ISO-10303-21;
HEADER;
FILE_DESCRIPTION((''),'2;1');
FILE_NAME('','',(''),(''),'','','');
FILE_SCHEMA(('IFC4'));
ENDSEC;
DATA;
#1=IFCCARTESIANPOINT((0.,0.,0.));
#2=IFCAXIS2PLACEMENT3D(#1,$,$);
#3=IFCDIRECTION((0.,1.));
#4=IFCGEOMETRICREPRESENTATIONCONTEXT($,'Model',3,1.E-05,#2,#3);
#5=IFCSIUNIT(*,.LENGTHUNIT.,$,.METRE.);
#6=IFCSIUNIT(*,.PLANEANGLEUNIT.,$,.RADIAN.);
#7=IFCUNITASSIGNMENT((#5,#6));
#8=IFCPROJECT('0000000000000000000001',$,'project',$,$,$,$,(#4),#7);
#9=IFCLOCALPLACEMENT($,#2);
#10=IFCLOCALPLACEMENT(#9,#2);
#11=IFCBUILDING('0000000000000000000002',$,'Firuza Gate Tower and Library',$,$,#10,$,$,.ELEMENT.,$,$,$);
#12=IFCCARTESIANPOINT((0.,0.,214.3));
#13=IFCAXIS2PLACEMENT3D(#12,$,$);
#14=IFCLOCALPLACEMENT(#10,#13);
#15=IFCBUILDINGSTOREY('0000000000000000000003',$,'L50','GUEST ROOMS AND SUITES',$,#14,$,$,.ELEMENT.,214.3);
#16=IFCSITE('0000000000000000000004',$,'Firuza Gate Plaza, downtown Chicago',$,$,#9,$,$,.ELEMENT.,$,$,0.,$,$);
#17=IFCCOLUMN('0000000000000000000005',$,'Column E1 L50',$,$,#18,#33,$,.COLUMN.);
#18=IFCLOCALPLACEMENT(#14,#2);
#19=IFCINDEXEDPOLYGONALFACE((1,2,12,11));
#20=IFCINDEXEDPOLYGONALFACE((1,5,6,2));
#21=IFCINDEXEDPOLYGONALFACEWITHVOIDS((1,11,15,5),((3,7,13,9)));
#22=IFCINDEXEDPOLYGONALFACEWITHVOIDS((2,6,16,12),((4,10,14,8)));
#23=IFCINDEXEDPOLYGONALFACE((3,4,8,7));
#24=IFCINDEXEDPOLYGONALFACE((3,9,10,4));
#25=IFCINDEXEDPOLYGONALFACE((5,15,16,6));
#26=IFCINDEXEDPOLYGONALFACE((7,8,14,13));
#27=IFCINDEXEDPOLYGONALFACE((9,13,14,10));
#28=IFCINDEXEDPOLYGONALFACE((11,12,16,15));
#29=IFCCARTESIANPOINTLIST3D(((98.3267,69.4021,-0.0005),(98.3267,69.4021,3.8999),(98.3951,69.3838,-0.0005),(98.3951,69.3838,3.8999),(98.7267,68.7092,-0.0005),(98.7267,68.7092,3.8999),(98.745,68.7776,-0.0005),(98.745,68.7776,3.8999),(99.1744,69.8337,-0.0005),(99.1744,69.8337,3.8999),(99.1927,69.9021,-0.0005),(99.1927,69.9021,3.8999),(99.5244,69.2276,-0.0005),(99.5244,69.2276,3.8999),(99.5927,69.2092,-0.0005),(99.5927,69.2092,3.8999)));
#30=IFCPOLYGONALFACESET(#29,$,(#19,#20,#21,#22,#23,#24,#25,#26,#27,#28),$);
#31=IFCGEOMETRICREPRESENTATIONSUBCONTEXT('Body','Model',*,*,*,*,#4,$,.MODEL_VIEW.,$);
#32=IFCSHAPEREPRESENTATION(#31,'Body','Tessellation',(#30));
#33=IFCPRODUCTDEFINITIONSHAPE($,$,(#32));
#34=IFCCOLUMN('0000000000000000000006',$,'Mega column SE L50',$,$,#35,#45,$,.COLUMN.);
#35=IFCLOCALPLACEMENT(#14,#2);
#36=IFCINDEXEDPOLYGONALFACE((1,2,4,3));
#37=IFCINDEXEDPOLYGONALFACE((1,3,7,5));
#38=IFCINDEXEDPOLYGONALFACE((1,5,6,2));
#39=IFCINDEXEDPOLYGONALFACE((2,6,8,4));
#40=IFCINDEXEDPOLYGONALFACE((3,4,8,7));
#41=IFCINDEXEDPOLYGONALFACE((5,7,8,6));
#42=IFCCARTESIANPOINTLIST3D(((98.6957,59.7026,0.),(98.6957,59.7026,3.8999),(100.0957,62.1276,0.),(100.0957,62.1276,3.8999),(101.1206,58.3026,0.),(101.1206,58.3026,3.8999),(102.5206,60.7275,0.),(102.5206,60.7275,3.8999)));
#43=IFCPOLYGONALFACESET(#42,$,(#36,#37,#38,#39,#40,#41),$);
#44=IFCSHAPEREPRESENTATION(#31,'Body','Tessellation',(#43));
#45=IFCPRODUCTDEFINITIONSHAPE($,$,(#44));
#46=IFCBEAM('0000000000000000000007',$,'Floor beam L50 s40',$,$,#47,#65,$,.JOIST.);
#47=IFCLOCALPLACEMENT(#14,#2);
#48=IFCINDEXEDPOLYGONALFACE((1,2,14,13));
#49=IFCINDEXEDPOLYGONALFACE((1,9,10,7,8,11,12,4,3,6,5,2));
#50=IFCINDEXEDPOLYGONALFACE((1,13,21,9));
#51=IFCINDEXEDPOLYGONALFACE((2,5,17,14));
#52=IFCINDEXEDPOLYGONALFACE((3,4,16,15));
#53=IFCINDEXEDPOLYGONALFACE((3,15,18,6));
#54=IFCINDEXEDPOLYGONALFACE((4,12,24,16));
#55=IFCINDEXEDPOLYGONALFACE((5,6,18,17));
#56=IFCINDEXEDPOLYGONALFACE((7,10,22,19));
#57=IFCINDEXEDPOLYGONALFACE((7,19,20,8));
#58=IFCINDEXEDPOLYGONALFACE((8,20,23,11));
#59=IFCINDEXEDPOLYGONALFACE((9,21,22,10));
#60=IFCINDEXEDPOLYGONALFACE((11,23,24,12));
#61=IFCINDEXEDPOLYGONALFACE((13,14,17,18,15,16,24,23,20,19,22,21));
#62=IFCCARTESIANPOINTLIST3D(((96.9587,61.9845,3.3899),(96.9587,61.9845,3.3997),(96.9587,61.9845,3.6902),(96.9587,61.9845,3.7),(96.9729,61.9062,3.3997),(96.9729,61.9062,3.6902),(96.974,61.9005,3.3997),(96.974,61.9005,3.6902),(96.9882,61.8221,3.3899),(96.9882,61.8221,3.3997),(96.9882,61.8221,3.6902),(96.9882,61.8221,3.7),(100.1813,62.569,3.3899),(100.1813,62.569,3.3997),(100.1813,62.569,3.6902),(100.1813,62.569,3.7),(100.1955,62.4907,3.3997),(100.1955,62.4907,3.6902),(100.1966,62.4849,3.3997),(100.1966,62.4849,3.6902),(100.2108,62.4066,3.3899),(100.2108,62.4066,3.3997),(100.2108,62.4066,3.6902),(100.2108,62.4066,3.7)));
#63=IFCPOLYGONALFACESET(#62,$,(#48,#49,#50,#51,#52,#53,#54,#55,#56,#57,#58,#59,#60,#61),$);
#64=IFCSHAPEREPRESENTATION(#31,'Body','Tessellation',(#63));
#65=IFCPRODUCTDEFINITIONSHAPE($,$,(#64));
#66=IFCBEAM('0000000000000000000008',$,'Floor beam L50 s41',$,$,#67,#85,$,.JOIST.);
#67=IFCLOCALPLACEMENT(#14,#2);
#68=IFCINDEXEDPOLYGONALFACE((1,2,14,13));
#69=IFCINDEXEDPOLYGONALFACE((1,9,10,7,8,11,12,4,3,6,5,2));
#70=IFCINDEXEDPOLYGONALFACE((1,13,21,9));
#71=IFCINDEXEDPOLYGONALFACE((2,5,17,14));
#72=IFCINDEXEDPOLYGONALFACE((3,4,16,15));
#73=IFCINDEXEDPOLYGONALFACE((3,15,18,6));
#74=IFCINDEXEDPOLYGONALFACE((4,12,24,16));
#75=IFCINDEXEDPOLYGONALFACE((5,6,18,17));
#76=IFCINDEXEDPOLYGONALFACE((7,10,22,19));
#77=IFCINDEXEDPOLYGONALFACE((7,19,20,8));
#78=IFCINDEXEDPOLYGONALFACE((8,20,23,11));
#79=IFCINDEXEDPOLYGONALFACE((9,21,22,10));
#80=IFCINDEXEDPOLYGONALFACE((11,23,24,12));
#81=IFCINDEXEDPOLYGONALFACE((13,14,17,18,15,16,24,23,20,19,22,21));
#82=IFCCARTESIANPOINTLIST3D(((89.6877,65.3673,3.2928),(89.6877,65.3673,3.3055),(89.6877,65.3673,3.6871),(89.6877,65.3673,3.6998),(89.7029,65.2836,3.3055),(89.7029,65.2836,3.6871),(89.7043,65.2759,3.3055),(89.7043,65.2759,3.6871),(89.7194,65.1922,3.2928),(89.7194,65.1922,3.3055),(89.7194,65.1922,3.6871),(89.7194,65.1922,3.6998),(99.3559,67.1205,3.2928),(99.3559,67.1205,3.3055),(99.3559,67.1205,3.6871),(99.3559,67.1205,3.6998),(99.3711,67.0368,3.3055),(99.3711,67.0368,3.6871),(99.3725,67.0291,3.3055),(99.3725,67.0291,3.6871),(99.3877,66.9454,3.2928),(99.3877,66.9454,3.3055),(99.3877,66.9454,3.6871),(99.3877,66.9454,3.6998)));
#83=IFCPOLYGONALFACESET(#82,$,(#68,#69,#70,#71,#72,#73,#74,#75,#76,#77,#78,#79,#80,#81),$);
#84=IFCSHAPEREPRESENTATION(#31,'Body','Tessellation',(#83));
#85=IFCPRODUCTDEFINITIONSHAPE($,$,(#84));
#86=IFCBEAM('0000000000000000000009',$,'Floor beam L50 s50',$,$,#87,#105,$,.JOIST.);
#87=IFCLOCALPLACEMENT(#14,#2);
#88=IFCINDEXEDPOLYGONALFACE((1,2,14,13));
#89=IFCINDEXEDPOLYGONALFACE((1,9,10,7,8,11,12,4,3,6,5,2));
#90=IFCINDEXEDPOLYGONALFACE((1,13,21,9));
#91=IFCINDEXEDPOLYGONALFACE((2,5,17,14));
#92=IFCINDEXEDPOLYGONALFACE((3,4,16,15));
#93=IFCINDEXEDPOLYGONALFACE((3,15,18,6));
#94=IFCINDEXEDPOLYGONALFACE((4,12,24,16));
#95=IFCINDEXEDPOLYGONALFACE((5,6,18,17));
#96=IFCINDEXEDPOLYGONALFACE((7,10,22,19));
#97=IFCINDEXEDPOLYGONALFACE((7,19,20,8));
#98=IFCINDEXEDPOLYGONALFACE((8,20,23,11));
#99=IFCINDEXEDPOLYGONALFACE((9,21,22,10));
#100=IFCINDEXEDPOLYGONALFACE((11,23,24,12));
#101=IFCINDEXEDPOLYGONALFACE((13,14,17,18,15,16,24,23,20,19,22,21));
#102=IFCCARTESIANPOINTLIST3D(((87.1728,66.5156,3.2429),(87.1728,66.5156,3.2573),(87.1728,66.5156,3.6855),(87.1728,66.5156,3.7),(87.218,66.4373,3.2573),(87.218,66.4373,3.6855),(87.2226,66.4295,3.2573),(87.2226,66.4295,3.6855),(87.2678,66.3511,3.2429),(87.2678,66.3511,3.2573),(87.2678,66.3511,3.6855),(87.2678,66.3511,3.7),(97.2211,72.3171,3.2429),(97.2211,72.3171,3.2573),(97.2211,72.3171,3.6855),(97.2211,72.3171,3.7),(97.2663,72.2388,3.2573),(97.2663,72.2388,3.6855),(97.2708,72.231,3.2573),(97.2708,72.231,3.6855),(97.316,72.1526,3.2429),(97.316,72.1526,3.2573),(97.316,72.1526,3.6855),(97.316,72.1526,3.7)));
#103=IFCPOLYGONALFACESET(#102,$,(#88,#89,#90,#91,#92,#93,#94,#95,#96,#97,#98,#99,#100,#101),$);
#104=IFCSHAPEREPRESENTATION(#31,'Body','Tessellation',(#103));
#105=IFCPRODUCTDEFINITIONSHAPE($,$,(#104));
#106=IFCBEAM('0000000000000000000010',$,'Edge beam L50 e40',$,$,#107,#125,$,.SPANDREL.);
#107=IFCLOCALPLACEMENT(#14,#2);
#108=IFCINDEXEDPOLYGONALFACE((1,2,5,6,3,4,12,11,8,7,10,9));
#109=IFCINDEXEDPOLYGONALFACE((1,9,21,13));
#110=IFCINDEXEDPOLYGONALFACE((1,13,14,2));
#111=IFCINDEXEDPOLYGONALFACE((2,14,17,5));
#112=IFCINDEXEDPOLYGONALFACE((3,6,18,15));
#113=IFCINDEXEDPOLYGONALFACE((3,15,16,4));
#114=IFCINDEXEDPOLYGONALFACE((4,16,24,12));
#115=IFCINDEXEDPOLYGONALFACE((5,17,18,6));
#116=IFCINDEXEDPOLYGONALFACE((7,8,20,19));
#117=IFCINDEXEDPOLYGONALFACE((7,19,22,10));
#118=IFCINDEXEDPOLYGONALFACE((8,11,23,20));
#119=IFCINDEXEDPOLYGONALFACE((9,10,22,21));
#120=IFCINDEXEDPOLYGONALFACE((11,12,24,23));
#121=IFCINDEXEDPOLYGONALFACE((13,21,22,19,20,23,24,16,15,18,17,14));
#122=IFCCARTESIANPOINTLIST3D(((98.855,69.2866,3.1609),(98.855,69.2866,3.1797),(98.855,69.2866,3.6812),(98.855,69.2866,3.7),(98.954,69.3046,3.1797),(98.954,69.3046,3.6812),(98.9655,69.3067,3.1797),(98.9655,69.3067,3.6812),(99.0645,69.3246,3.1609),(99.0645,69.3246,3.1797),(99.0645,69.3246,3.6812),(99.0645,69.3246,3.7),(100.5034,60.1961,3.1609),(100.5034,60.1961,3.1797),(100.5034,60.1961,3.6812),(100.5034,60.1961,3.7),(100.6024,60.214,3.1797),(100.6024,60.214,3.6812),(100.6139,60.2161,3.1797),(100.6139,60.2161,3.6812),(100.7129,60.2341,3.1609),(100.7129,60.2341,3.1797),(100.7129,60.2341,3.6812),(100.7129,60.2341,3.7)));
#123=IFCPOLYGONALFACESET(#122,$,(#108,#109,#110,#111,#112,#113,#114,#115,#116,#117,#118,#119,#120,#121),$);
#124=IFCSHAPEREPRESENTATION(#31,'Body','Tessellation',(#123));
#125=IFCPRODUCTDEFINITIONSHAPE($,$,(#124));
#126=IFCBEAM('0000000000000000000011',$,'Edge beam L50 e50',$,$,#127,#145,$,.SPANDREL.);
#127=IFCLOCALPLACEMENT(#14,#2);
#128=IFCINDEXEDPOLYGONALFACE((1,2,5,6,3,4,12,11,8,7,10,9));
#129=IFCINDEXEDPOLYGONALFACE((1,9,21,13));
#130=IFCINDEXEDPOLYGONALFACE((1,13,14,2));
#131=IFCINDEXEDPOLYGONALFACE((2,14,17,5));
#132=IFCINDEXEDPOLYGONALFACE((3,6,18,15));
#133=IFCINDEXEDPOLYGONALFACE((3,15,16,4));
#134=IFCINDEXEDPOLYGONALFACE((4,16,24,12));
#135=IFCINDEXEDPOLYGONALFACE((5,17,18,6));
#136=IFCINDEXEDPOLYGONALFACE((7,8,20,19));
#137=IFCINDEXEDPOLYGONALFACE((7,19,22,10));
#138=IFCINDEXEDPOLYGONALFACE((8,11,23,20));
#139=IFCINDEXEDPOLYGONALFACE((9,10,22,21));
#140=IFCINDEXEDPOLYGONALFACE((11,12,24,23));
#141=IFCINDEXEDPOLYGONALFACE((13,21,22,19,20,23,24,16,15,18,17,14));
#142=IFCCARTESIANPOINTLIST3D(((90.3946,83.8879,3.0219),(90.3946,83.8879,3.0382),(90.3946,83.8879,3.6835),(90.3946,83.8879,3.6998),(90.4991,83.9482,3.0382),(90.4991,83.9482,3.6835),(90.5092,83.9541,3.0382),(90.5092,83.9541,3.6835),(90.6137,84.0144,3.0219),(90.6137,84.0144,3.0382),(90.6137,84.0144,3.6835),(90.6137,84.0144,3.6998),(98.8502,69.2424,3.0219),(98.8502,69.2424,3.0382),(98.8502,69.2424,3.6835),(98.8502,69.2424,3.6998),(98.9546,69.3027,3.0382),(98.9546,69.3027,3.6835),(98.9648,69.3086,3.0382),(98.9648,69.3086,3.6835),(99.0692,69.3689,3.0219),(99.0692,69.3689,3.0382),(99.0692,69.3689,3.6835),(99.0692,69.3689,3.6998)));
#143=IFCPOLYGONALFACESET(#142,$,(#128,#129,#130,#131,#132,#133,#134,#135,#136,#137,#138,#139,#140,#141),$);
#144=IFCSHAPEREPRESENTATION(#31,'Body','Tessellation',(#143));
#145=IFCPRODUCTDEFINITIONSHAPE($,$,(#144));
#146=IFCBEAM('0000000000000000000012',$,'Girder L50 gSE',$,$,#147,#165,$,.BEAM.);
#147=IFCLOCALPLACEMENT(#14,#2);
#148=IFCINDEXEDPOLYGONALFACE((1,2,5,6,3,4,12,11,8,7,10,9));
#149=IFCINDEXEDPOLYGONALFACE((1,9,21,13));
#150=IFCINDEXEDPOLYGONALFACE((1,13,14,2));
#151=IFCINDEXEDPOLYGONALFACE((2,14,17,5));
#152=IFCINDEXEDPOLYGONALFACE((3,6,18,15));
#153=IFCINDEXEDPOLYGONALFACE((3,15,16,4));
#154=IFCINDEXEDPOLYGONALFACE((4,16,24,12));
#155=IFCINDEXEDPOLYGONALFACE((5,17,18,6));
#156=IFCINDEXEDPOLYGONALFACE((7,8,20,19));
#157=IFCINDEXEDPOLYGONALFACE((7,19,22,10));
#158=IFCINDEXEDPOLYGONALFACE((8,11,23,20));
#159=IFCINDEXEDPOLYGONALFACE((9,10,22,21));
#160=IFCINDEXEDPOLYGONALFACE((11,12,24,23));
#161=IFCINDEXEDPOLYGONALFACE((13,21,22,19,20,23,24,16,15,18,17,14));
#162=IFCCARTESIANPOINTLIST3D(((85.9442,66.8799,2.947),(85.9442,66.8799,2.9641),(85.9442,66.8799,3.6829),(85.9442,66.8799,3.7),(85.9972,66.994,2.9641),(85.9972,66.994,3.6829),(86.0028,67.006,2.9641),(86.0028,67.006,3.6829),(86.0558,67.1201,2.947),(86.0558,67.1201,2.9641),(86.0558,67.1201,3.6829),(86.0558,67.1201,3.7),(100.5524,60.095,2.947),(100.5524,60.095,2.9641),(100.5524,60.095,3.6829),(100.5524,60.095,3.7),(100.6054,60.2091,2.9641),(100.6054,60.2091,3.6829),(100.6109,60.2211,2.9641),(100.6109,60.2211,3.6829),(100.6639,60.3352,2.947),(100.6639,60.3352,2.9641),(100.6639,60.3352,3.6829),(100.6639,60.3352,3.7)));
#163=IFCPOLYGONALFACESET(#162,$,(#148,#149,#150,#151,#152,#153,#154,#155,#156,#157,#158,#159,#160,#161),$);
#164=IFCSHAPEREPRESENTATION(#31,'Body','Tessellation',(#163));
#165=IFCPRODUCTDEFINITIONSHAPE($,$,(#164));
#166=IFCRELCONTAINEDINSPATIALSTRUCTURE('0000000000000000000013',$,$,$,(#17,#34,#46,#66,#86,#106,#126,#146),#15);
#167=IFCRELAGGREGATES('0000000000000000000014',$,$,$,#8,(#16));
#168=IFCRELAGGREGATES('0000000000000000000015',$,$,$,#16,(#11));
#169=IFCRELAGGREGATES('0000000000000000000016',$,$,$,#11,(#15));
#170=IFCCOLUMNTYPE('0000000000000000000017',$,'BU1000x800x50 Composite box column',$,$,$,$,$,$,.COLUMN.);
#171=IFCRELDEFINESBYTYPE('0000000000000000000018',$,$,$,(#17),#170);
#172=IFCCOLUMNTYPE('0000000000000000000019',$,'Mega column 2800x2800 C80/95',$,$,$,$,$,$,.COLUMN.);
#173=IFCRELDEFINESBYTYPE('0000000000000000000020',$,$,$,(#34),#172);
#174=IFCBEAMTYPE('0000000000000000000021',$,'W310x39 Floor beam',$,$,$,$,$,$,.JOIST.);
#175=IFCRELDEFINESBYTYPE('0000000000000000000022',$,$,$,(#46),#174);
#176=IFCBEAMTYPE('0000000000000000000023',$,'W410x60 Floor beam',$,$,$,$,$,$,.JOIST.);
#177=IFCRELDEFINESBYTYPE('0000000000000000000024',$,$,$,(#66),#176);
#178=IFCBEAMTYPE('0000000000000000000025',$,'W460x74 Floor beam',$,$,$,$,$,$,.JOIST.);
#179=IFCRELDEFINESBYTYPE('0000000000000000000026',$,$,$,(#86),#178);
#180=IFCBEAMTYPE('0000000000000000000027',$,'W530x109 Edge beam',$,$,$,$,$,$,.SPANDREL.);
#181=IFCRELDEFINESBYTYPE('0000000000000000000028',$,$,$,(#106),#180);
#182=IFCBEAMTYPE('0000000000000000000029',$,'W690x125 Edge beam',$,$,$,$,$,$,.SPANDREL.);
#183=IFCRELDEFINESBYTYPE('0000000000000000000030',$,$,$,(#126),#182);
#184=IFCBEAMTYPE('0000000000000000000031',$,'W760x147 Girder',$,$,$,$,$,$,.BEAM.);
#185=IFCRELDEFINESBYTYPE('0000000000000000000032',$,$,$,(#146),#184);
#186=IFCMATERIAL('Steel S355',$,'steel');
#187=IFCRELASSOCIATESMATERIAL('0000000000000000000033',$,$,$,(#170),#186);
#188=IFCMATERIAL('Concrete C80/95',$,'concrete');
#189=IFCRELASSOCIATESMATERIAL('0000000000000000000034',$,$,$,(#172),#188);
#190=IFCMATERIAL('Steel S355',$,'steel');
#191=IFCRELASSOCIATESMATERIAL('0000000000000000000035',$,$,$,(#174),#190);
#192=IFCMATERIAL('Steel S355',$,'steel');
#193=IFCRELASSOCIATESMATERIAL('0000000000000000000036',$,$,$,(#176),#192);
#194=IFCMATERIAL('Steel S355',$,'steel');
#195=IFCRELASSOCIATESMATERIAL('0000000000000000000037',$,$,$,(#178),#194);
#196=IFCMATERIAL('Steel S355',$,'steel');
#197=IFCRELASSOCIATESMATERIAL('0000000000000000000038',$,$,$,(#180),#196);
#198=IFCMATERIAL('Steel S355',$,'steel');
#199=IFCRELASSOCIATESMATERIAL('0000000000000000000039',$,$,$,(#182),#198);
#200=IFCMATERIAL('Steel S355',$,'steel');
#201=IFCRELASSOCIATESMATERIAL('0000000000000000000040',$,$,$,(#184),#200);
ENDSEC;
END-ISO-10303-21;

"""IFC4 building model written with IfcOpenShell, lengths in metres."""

from ifc_helpers import new_model, si_unit, direction, frame, origin, origin_2d, place, context, subcontext, project, spatial, rectangle, hollow_rectangle, i_section, extrude, material, material_profile, profile_set, type_object, element, save


model = new_model("IFC4")

# Units and contexts
model_context = context("Model", 3, precision=1e-05, world=origin(), true_north=direction((0.0, 1.0)))
body_context = subcontext(model_context, "Body", "Model", "MODEL_VIEW")
ifc_project = project(units=[si_unit("LENGTHUNIT", "METRE"), si_unit("PLANEANGLEUNIT", "RADIAN")], contexts=[model_context])

# Site, building, storey
site_placement = place(None, origin())
site = spatial("IfcSite", under=ifc_project, at=site_placement, Name="Firuza Gate Plaza, downtown Chicago", CompositionType="ELEMENT", RefElevation=0.0)
building_placement = place(site_placement, origin())
building = spatial("IfcBuilding", under=site, at=building_placement, Name="Firuza Gate Tower and Library", CompositionType="ELEMENT")
storey_placement = place(building_placement, frame((0.0, 0.0, 214.3)))
storey = spatial("IfcBuildingStorey", under=building, at=storey_placement, Name="L50", Description="GUEST ROOMS AND SUITES", CompositionType="ELEMENT", Elevation=214.3)

# Columns
ifc_material_1 = material(Name="Steel S355", Category="steel")
ifc_material_profile_1 = material_profile(ifc_material_1, hollow_rectangle(XDim=0.8, YDim=1.0, WallThickness=0.05, at=origin_2d()))
ifc_profile_set_1 = profile_set([ifc_material_profile_1], Name="Steel S355")
column_type_1 = type_object("IfcColumnType", Name="BU1000x800x50 Composite box column", PredefinedType="COLUMN", material=ifc_profile_set_1)
column_1_placement = place(storey_placement, frame((98.9597, 69.3057, -0.0005), z_axis=(0.0, 0.0, 1.0), x_axis=(-0.5, 0.866025, 0.0)))
element("IfcColumn", 1, at=column_1_placement, inside=storey, type_object=column_type_1, Name="Column E1 L50", PredefinedType="COLUMN", context=body_context, shape_type="SweptSolid", body=[
    extrude(hollow_rectangle(XDim=0.8, YDim=1.0, WallThickness=0.05, at=origin_2d()), origin(), (0.0, 0.0, 1.0), 3.9004),
])
ifc_material_2 = material(Name="Concrete C80/95", Category="concrete")
ifc_material_profile_2 = material_profile(ifc_material_2, rectangle(XDim=2.8, YDim=2.8, at=origin_2d()))
ifc_profile_set_2 = profile_set([ifc_material_profile_2], Name="Concrete C80/95")
column_type_2 = type_object("IfcColumnType", Name="Mega column 2800x2800 C80/95", PredefinedType="COLUMN", material=ifc_profile_set_2)
column_2_placement = place(storey_placement, frame((100.6082, 60.2151, 0.0), z_axis=(0.0, 0.0, 1.0), x_axis=(0.5, 0.866025, 0.0)))
element("IfcColumn", 2, at=column_2_placement, inside=storey, type_object=column_type_2, Name="Mega column SE L50", PredefinedType="COLUMN", context=body_context, shape_type="SweptSolid", body=[
    extrude(rectangle(XDim=2.8, YDim=2.8, at=origin_2d()), origin(), (0.0, 0.0, 1.0), 3.8999),
])

# Beams
ifc_material_3 = material(Name="Steel S355", Category="steel")
ifc_material_profile_3 = material_profile(ifc_material_3, i_section(OverallWidth=0.165, OverallDepth=0.3101, WebThickness=0.0059, FlangeThickness=0.0098, at=origin_2d()))
ifc_profile_set_3 = profile_set([ifc_material_profile_3], Name="Steel S355")
beam_type_1 = type_object("IfcBeamType", Name="W310x39 Floor beam", PredefinedType="JOIST", material=ifc_profile_set_3)
beam_1_placement = place(storey_placement, frame((100.196, 62.4878, 3.5449), z_axis=(-0.983949, -0.178452, 0.0), x_axis=(0.178452, -0.983949, 0.0)))
element("IfcBeam", 3, at=beam_1_placement, inside=storey, type_object=beam_type_1, Name="Floor beam L50 s40", PredefinedType="JOIST", context=body_context, shape_type="SweptSolid", body=[
    extrude(i_section(OverallWidth=0.165, OverallDepth=0.3101, WebThickness=0.0059, FlangeThickness=0.0098, at=origin_2d()), origin(), (0.0, 0.0, 1.0), 3.2751),
])
ifc_material_4 = material(Name="Steel S355", Category="steel")
ifc_material_profile_4 = material_profile(ifc_material_4, i_section(OverallWidth=0.178, OverallDepth=0.407, WebThickness=0.0078, FlangeThickness=0.0127, at=origin_2d()))
ifc_profile_set_4 = profile_set([ifc_material_profile_4], Name="Steel S355")
beam_type_2 = type_object("IfcBeamType", Name="W410x60 Floor beam", PredefinedType="JOIST", material=ifc_profile_set_4)
beam_2_placement = place(storey_placement, frame((99.3718, 67.033, 3.4963), z_axis=(-0.983954, -0.178424, 0.0), x_axis=(0.178424, -0.983954, 0.0)))
element("IfcBeam", 4, at=beam_2_placement, inside=storey, type_object=beam_type_2, Name="Floor beam L50 s41", PredefinedType="JOIST", context=body_context, shape_type="SweptSolid", body=[
    extrude(i_section(OverallWidth=0.178, OverallDepth=0.407, WebThickness=0.0078, FlangeThickness=0.0127, at=origin_2d()), origin(), (0.0, 0.0, 1.0), 9.8259),
])
ifc_material_5 = material(Name="Steel S355", Category="steel")
ifc_material_profile_5 = material_profile(ifc_material_5, i_section(OverallWidth=0.1899, OverallDepth=0.457, WebThickness=0.009, FlangeThickness=0.0144, at=origin_2d()))
ifc_profile_set_5 = profile_set([ifc_material_profile_5], Name="Steel S355")
beam_type_3 = type_object("IfcBeamType", Name="W460x74 Floor beam", PredefinedType="JOIST", material=ifc_profile_set_5)
beam_3_placement = place(storey_placement, frame((97.2686, 72.2349, 3.4714), z_axis=(-0.866022, -0.500007, 0.0), x_axis=(0.500007, -0.866022, 0.0)))
element("IfcBeam", 5, at=beam_3_placement, inside=storey, type_object=beam_type_3, Name="Floor beam L50 s50", PredefinedType="JOIST", context=body_context, shape_type="SweptSolid", body=[
    extrude(i_section(OverallWidth=0.1899, OverallDepth=0.457, WebThickness=0.009, FlangeThickness=0.0144, at=origin_2d()), origin(), (0.0, 0.0, 1.0), 11.6028),
])
ifc_material_6 = material(Name="Steel S355", Category="steel")
ifc_material_profile_6 = material_profile(ifc_material_6, i_section(OverallWidth=0.2129, OverallDepth=0.5391, WebThickness=0.0117, FlangeThickness=0.0188, at=origin_2d()))
ifc_profile_set_6 = profile_set([ifc_material_profile_6], Name="Steel S355")
beam_type_4 = type_object("IfcBeamType", Name="W530x109 Edge beam", PredefinedType="SPANDREL", material=ifc_profile_set_6)
beam_4_placement = place(storey_placement, frame((100.6082, 60.2151, 3.4304), z_axis=(-0.178425, 0.983954, 0.0), x_axis=(-0.983954, -0.178425, 0.0)))
element("IfcBeam", 6, at=beam_4_placement, inside=storey, type_object=beam_type_4, Name="Edge beam L50 e40", PredefinedType="SPANDREL", context=body_context, shape_type="SweptSolid", body=[
    extrude(i_section(OverallWidth=0.2129, OverallDepth=0.5391, WebThickness=0.0117, FlangeThickness=0.0188, at=origin_2d()), origin(), (0.0, 0.0, 1.0), 9.2388),
])
ifc_material_7 = material(Name="Steel S355", Category="steel")
ifc_material_profile_7 = material_profile(ifc_material_7, i_section(OverallWidth=0.2529, OverallDepth=0.678, WebThickness=0.0117, FlangeThickness=0.0164, at=origin_2d()))
ifc_profile_set_7 = profile_set([ifc_material_profile_7], Name="Steel S355")
beam_type_5 = type_object("IfcBeamType", Name="W690x125 Edge beam", PredefinedType="SPANDREL", material=ifc_profile_set_7)
beam_5_placement = place(storey_placement, frame((98.9597, 69.3057, 3.3608), z_axis=(-0.499999, 0.866026, 0.0), x_axis=(-0.866026, -0.499999, 0.0)))
element("IfcBeam", 7, at=beam_5_placement, inside=storey, type_object=beam_type_5, Name="Edge beam L50 e50", PredefinedType="SPANDREL", context=body_context, shape_type="SweptSolid", body=[
    extrude(i_section(OverallWidth=0.2529, OverallDepth=0.678, WebThickness=0.0117, FlangeThickness=0.0164, at=origin_2d()), origin(), (0.0, 0.0, 1.0), 16.9111),
])
ifc_material_8 = material(Name="Steel S355", Category="steel")
ifc_material_profile_8 = material_profile(ifc_material_8, i_section(OverallWidth=0.2649, OverallDepth=0.7529, WebThickness=0.0132, FlangeThickness=0.0171, at=origin_2d()))
ifc_profile_set_8 = profile_set([ifc_material_profile_8], Name="Steel S355")
beam_type_6 = type_object("IfcBeamType", Name="W760x147 Girder", PredefinedType="BEAM", material=ifc_profile_set_8)
beam_6_placement = place(storey_placement, frame((100.6082, 60.2151, 3.3235), z_axis=(-0.906948, 0.421242, 0.0), x_axis=(-0.421242, -0.906948, 0.0)))
element("IfcBeam", 8, at=beam_6_placement, inside=storey, type_object=beam_type_6, Name="Girder L50 gSE", PredefinedType="BEAM", context=body_context, shape_type="SweptSolid", body=[
    extrude(i_section(OverallWidth=0.2649, OverallDepth=0.7529, WebThickness=0.0132, FlangeThickness=0.0171, at=origin_2d()), origin(), (0.0, 0.0, 1.0), 16.1069),
])

save(model, "model.ifc")
